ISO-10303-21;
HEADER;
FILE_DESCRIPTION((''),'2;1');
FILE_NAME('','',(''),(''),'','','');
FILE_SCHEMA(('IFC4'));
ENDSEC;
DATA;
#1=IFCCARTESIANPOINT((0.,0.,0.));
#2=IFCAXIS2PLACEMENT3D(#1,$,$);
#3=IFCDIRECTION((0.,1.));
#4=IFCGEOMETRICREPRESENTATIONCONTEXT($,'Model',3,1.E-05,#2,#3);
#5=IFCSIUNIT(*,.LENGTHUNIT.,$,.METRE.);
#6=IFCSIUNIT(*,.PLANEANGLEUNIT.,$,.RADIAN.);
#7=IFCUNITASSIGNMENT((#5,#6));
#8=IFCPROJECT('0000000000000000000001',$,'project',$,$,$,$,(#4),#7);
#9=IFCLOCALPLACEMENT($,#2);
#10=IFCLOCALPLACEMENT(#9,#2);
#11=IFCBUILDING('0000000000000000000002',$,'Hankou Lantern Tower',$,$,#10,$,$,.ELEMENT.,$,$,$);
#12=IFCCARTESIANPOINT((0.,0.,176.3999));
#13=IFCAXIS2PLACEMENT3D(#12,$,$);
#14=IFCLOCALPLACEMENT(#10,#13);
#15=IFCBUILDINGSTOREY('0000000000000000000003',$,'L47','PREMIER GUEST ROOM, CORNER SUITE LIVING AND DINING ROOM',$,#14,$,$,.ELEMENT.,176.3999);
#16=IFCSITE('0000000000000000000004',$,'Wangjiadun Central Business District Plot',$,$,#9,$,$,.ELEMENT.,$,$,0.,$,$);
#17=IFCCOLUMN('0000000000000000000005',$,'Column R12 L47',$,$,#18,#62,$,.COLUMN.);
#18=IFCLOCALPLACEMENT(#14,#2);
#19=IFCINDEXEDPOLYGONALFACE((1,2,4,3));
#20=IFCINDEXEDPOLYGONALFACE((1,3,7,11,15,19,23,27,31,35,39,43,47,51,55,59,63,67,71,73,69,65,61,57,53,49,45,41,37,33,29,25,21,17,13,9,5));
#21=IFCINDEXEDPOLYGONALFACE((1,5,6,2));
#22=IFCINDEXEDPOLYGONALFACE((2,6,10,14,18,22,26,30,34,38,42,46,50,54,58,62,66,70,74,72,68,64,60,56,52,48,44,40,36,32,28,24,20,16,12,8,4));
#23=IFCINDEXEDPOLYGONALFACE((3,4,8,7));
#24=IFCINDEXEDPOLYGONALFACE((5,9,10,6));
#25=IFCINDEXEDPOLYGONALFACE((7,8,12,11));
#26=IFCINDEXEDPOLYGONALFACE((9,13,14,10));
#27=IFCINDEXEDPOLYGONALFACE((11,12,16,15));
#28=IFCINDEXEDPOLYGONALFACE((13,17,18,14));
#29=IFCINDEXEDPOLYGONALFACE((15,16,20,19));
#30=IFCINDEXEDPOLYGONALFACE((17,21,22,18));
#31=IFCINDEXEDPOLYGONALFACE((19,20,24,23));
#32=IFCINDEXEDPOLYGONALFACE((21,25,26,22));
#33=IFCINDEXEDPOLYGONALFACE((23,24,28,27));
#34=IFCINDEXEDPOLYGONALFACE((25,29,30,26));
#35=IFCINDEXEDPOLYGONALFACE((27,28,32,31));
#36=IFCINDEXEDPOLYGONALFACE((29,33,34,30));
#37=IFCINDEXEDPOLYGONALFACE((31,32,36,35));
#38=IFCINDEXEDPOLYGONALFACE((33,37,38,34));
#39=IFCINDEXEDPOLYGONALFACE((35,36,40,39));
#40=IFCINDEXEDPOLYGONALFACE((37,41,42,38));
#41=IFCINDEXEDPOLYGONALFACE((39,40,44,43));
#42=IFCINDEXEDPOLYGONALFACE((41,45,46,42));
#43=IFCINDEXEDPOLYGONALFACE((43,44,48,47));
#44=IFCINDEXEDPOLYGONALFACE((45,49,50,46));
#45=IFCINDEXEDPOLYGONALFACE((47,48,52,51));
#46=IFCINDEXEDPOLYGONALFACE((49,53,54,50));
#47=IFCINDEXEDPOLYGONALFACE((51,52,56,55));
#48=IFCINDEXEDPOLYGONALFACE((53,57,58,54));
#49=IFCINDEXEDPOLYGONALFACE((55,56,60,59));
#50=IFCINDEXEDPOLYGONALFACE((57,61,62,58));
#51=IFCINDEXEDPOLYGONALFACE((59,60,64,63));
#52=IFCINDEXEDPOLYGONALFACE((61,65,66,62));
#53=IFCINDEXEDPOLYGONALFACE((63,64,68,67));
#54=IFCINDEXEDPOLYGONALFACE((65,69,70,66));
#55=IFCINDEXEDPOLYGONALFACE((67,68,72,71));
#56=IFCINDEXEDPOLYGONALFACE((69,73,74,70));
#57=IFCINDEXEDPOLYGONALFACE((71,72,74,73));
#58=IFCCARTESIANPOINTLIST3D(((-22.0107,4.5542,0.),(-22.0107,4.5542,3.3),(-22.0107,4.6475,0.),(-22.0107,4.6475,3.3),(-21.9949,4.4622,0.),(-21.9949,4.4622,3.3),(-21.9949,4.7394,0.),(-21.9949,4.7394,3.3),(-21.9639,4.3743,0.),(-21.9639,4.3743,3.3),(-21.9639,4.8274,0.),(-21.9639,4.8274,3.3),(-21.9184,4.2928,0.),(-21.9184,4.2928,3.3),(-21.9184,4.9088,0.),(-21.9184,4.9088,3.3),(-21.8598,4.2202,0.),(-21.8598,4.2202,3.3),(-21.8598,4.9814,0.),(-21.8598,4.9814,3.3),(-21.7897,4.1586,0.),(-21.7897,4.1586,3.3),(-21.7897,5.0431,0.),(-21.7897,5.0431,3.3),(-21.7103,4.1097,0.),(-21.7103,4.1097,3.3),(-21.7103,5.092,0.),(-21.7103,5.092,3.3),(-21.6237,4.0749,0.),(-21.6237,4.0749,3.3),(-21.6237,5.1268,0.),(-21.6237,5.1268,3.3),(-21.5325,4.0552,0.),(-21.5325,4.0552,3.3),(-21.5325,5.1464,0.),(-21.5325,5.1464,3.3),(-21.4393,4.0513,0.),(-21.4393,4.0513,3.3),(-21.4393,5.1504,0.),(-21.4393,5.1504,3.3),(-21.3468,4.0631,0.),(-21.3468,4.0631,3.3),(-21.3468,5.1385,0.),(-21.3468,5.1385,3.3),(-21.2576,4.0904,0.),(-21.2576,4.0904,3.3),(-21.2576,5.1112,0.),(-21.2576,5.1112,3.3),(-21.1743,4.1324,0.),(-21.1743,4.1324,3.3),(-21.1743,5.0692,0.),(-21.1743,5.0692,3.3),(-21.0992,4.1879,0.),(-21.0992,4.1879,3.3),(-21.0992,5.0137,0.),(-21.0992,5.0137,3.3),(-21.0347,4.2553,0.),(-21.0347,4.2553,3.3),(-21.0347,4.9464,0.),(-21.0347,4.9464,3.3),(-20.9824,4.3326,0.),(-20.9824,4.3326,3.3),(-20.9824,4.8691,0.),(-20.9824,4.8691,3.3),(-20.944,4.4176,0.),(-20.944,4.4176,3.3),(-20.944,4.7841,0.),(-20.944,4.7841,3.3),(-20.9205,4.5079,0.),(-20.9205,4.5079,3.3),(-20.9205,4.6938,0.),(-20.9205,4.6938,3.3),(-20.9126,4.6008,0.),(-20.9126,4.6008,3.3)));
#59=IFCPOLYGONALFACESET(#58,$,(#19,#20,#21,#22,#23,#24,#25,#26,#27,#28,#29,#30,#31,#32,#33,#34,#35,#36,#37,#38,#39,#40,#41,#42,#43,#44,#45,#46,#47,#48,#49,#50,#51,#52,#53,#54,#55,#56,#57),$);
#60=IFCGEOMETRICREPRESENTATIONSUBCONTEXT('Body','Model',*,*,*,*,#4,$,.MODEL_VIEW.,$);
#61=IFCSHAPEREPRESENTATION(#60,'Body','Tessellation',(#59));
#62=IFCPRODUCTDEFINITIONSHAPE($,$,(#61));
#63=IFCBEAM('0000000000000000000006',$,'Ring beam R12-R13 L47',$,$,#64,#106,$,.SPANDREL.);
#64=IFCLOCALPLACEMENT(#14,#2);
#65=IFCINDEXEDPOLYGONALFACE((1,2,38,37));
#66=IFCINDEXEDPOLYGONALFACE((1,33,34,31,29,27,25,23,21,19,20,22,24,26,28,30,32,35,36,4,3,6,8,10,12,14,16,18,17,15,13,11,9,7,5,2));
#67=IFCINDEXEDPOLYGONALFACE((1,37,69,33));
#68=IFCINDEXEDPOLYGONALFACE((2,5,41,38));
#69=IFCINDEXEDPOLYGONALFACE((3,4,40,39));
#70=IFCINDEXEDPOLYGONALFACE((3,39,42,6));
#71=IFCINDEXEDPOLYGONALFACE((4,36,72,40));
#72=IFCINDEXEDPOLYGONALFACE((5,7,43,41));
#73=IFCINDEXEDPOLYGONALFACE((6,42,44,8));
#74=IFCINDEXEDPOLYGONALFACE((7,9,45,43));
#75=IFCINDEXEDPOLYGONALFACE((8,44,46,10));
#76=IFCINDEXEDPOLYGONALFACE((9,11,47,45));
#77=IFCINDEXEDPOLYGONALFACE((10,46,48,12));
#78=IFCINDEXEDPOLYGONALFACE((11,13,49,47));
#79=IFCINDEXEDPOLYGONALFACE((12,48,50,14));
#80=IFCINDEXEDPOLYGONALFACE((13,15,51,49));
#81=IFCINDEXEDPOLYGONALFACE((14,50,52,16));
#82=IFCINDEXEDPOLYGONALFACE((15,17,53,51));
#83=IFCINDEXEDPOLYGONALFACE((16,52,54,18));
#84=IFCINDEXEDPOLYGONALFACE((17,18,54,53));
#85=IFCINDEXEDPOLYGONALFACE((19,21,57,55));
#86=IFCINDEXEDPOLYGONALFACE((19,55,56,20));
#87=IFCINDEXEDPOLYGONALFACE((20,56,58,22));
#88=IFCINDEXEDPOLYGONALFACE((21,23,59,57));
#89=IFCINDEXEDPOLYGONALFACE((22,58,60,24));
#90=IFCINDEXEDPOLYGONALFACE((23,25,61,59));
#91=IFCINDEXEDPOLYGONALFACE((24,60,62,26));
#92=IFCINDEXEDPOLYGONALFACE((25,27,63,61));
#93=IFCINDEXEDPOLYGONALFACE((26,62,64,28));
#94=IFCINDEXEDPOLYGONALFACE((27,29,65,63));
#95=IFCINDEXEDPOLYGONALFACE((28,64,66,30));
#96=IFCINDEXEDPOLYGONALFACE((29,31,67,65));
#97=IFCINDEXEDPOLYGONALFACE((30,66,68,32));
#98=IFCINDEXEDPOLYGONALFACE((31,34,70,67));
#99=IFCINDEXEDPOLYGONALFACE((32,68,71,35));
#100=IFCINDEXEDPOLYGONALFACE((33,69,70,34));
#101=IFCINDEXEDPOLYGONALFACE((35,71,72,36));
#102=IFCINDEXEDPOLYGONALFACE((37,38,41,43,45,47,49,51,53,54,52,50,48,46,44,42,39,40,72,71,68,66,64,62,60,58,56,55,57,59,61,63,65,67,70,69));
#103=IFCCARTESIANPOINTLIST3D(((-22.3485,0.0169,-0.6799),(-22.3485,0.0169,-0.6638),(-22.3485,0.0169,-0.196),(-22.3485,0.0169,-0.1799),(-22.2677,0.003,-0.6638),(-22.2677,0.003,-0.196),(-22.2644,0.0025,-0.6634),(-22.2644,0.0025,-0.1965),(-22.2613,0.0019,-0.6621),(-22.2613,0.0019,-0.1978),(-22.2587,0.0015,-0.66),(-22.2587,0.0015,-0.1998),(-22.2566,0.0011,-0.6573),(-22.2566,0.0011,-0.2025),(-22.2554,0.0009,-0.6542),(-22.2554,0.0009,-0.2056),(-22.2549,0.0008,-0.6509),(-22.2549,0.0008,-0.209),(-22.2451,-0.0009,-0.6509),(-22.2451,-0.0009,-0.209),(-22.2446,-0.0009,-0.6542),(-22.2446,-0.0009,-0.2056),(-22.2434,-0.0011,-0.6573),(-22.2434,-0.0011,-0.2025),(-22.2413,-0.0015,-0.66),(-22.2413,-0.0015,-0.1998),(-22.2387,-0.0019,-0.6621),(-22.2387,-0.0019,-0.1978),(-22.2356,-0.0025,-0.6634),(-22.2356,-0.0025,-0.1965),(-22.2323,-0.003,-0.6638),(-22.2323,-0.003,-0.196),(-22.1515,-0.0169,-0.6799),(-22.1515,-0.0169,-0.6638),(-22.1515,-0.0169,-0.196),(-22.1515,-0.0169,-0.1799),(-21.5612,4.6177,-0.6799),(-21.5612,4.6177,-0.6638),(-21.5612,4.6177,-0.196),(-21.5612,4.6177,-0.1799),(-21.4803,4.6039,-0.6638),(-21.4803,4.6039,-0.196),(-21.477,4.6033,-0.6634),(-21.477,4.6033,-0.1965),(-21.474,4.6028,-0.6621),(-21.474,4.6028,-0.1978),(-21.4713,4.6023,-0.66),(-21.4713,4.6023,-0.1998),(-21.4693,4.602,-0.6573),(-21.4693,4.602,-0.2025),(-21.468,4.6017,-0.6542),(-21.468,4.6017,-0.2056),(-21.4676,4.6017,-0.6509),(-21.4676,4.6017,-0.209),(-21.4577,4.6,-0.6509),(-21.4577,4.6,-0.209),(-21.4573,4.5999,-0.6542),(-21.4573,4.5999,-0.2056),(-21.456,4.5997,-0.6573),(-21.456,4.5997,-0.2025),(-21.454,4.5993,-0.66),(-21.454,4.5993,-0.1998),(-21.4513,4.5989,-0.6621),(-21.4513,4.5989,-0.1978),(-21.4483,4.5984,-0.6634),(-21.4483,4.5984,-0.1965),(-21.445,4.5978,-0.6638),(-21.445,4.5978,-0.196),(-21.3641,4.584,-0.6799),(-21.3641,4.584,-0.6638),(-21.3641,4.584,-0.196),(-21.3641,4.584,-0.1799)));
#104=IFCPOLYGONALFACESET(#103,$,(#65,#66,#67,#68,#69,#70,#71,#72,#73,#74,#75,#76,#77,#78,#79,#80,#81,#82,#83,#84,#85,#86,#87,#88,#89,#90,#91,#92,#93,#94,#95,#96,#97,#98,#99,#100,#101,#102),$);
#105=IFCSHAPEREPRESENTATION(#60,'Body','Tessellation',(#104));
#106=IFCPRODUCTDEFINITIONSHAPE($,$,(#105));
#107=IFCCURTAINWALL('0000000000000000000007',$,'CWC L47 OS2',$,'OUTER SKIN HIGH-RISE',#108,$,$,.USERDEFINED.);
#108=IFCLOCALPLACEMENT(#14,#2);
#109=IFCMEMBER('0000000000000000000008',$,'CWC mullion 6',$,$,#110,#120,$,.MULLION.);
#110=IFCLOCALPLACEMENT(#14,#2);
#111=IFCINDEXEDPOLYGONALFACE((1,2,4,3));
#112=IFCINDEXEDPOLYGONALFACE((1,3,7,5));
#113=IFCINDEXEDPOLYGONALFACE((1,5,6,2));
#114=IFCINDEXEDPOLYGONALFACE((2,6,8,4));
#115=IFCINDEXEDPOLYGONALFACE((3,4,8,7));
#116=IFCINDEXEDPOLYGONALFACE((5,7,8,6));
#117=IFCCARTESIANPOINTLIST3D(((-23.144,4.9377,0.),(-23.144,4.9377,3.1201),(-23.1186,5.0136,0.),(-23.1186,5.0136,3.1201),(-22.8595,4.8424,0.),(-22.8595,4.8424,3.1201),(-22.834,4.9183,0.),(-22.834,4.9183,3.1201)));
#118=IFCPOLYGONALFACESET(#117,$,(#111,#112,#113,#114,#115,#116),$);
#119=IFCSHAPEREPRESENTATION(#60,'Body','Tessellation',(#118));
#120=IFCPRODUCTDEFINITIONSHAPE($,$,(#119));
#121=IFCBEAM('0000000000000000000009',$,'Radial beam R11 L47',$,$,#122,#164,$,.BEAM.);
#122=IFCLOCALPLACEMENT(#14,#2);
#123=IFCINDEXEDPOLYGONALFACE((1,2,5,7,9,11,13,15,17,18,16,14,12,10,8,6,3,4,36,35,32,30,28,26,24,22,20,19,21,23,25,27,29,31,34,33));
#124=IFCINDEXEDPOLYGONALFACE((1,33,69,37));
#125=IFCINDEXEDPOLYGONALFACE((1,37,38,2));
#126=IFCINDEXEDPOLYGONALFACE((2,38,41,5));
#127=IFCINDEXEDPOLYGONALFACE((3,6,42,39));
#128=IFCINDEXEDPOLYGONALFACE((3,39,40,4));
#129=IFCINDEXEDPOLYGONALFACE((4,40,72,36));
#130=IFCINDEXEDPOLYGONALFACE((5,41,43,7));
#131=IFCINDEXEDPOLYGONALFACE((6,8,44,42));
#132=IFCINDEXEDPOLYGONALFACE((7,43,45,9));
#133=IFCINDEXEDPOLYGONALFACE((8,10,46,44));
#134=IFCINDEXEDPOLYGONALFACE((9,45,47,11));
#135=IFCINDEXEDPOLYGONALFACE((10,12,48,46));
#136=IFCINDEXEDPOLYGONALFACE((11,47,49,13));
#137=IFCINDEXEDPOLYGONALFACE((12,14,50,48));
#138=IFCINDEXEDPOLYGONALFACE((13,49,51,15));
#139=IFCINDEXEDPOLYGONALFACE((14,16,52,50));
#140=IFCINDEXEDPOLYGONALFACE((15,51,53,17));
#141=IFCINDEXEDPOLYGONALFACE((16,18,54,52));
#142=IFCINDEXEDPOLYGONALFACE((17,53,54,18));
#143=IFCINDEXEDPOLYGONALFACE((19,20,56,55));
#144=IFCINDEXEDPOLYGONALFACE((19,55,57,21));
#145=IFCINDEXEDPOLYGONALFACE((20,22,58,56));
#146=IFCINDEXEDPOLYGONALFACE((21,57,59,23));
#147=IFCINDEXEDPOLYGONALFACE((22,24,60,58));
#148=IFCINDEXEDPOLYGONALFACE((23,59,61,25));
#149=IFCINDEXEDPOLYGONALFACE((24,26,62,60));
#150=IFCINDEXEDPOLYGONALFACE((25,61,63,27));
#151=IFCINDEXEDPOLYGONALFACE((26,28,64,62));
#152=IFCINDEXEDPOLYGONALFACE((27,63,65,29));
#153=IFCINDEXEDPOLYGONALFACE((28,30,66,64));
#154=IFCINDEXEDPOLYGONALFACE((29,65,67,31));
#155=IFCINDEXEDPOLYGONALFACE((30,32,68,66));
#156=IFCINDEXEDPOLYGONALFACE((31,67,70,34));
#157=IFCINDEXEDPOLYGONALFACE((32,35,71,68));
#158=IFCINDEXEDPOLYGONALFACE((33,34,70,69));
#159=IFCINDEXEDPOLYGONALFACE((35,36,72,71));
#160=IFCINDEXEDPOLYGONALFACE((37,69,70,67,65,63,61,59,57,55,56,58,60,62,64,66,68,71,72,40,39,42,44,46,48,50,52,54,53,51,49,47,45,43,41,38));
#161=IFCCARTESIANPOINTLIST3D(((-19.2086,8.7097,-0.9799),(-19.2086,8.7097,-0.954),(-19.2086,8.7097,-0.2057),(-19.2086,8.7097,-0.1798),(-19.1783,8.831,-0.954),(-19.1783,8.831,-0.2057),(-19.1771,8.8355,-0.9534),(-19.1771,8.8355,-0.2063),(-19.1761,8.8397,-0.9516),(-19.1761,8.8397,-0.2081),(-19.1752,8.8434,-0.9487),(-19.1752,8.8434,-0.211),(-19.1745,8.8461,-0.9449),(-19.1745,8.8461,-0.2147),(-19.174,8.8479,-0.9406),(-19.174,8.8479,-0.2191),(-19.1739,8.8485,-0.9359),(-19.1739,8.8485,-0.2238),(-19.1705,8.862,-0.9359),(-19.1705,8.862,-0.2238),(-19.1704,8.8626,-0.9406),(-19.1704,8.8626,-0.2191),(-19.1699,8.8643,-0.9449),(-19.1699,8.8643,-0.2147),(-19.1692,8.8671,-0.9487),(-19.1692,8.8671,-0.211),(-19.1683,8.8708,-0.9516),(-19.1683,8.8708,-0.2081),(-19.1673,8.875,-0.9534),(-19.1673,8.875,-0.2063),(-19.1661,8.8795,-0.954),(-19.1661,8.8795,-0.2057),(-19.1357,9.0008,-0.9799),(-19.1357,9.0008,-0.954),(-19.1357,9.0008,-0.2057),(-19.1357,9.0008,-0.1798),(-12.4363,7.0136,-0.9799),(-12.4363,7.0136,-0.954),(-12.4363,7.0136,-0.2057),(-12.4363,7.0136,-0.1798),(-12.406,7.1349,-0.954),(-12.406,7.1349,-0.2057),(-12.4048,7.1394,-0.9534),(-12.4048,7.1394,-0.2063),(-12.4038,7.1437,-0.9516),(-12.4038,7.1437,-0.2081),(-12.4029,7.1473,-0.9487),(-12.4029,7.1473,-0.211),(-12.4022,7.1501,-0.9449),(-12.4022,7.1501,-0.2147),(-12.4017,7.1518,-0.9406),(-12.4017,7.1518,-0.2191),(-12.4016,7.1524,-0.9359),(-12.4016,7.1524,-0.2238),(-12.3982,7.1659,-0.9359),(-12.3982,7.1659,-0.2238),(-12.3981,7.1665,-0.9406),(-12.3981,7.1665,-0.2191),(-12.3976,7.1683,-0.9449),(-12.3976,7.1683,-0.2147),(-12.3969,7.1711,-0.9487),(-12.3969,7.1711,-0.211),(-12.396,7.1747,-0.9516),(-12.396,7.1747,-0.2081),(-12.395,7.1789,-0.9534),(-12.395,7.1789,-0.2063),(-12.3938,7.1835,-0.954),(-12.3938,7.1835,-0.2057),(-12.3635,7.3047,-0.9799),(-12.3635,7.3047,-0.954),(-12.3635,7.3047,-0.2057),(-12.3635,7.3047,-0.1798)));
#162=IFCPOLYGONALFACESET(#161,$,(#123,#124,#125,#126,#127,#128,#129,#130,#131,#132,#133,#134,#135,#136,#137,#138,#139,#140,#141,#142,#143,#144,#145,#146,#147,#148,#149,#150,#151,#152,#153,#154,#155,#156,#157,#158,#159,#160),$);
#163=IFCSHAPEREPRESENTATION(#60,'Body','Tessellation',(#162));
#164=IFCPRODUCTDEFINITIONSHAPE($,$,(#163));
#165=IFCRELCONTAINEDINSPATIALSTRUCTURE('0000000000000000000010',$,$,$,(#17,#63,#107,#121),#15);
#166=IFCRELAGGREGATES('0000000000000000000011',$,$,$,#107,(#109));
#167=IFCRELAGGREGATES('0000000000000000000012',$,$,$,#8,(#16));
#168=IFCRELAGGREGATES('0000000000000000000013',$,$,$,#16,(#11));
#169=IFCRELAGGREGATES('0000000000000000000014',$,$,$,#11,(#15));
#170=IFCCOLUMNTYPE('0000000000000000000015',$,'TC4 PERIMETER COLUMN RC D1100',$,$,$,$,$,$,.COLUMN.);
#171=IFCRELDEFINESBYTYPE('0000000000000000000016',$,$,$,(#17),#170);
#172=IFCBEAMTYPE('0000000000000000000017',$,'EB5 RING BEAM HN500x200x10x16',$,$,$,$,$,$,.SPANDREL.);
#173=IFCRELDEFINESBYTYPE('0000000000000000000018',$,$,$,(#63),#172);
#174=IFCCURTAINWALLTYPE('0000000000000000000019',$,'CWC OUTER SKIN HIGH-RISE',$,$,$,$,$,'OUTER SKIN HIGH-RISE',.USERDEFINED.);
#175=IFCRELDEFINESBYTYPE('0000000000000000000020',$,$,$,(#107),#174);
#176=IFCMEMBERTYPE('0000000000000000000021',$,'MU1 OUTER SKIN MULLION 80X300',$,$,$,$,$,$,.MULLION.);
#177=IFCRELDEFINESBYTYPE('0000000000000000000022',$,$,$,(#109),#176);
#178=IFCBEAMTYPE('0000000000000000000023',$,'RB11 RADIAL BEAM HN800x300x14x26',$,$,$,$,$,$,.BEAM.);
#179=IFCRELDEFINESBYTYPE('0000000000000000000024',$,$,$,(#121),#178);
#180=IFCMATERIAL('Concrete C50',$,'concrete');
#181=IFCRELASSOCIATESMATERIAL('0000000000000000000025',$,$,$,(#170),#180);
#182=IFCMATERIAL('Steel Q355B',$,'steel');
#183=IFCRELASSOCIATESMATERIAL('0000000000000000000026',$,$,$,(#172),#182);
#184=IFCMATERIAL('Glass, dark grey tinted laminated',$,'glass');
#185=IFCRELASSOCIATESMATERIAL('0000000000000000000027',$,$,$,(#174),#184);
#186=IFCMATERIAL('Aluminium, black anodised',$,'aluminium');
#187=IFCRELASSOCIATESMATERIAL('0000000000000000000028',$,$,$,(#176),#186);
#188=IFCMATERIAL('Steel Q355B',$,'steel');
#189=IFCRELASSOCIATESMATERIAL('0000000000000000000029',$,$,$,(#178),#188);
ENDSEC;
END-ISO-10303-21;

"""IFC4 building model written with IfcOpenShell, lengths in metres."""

from ifc_helpers import new_model, si_unit, direction, frame, origin, origin_2d, place, context, subcontext, project, spatial, rectangle, circle, i_section, extrude, material, material_profile, profile_set, type_object, element, aggregate, save


model = new_model("IFC4")

# Units and contexts
model_context = context("Model", 3, precision=1e-05, world=origin(), true_north=direction((0.0, 1.0)))
body_context = subcontext(model_context, "Body", "Model", "MODEL_VIEW")
ifc_project = project(units=[si_unit("LENGTHUNIT", "METRE"), si_unit("PLANEANGLEUNIT", "RADIAN")], contexts=[model_context])

# Site, building, storey
site_placement = place(None, origin())
site = spatial("IfcSite", under=ifc_project, at=site_placement, Name="Wangjiadun Central Business District Plot", CompositionType="ELEMENT", RefElevation=0.0)
building_placement = place(site_placement, origin())
building = spatial("IfcBuilding", under=site, at=building_placement, Name="Hankou Lantern Tower", CompositionType="ELEMENT")
storey_placement = place(building_placement, frame((0.0, 0.0, 176.3999)))
storey = spatial("IfcBuildingStorey", under=building, at=storey_placement, Name="L47", Description="PREMIER GUEST ROOM, CORNER SUITE LIVING AND DINING ROOM", CompositionType="ELEMENT", Elevation=176.3999)

# Column
ifc_material_1 = material(Name="Concrete C50", Category="concrete")
ifc_material_profile_1 = material_profile(ifc_material_1, circle(Radius=0.55, at=origin_2d()), Name="RC D1100")
ifc_profile_set_1 = profile_set([ifc_material_profile_1], Name="Concrete C50")
column_type = type_object("IfcColumnType", Name="TC4 PERIMETER COLUMN RC D1100", PredefinedType="COLUMN", material=ifc_profile_set_1)
column_placement = place(storey_placement, frame((-21.4626, 4.6008, 0.0), z_axis=(0.0, 0.0, 1.0), x_axis=(1.0, 0.0, 0.0)))
element("IfcColumn", 1, at=column_placement, inside=storey, type_object=column_type, Name="Column R12 L47", PredefinedType="COLUMN", context=body_context, shape_type="SweptSolid", body=[
    extrude(circle(Radius=0.55, at=origin_2d()), origin(), (0.0, 0.0, 1.0), 3.3),
])

# Beam
ifc_material_2 = material(Name="Steel Q355B", Category="steel")
ifc_material_profile_2 = material_profile(ifc_material_2, i_section(OverallWidth=0.2, OverallDepth=0.5, WebThickness=0.01, FlangeThickness=0.0161, FilletRadius=0.0129, at=origin_2d()), Name="HN500x200x10x16")
ifc_profile_set_2 = profile_set([ifc_material_profile_2], Name="Steel Q355B")
beam_type_1 = type_object("IfcBeamType", Name="EB5 RING BEAM HN500x200x10x16", PredefinedType="SPANDREL", material=ifc_profile_set_2)
beam_1_placement = place(storey_placement, frame((-21.4626, 4.6008, -0.4299), z_axis=(-0.168681, -0.985671, 0.0), x_axis=(0.985671, -0.168681, 0.0)))
element("IfcBeam", 2, at=beam_1_placement, inside=storey, type_object=beam_type_1, Name="Ring beam R12-R13 L47", PredefinedType="SPANDREL", context=body_context, shape_type="SweptSolid", body=[
    extrude(i_section(OverallWidth=0.2, OverallDepth=0.5, WebThickness=0.01, FlangeThickness=0.0161, FilletRadius=0.0129, at=origin_2d()), origin(), (0.0, 0.0, 1.0), 4.6677),
])

# Curtain wall, member
ifc_material_3 = material(Name="Glass, dark grey tinted laminated", Category="glass")
curtain_wall_type = type_object("IfcCurtainWallType", Name="CWC OUTER SKIN HIGH-RISE", ElementType="OUTER SKIN HIGH-RISE", PredefinedType="USERDEFINED", material=ifc_material_3)
curtain_wall_placement = place(storey_placement, origin())
curtain_wall = element("IfcCurtainWall", 3, at=curtain_wall_placement, inside=storey, type_object=curtain_wall_type, Name="CWC L47 OS2", ObjectType="OUTER SKIN HIGH-RISE", PredefinedType="USERDEFINED")
ifc_material_4 = material(Name="Aluminium, black anodised", Category="aluminium")
ifc_material_profile_3 = material_profile(ifc_material_4, rectangle(XDim=0.0801, YDim=0.3, at=origin_2d()), Name="MU1 80X300")
ifc_profile_set_3 = profile_set([ifc_material_profile_3], Name="Aluminium, black anodised")
member_type_1 = type_object("IfcMemberType", Name="MU1 OUTER SKIN MULLION 80X300", PredefinedType="MULLION", material=ifc_profile_set_3)
member_1_placement = place(storey_placement, frame((-22.989, 4.928, 0.0), z_axis=(0.0, 0.0, 1.0), x_axis=(-0.317596, -0.948226, 0.0)))
member_1 = element("IfcMember", 4, at=member_1_placement, type_object=member_type_1, Name="CWC mullion 6", PredefinedType="MULLION", context=body_context, shape_type="SweptSolid", body=[
    extrude(rectangle(XDim=0.0801, YDim=0.3, at=origin_2d()), origin(), (0.0, 0.0, 1.0), 3.1201),
])

# Beam
ifc_material_5 = material(Name="Steel Q355B", Category="steel")
ifc_material_profile_4 = material_profile(ifc_material_5, i_section(OverallWidth=0.3, OverallDepth=0.8, WebThickness=0.0139, FlangeThickness=0.0259, FilletRadius=0.0181, at=origin_2d()), Name="HN800x300x14x26")
ifc_profile_set_4 = profile_set([ifc_material_profile_4], Name="Steel Q355B")
beam_type_2 = type_object("IfcBeamType", Name="RB11 RADIAL BEAM HN800x300x14x26", PredefinedType="BEAM", material=ifc_profile_set_4)
beam_2_placement = place(storey_placement, frame((-12.3999, 7.1592, -0.5798), z_axis=(-0.970042, 0.242939, 0.0), x_axis=(-0.242939, -0.970042, 0.0)))
element("IfcBeam", 5, at=beam_2_placement, inside=storey, type_object=beam_type_2, Name="Radial beam R11 L47", PredefinedType="BEAM", context=body_context, shape_type="SweptSolid", body=[
    extrude(i_section(OverallWidth=0.3, OverallDepth=0.8, WebThickness=0.0139, FlangeThickness=0.0259, FilletRadius=0.0181, at=origin_2d()), origin(), (0.0, 0.0, 1.0), 6.9814),
])

aggregate(curtain_wall, [member_1])

save(model, "model.ifc")
